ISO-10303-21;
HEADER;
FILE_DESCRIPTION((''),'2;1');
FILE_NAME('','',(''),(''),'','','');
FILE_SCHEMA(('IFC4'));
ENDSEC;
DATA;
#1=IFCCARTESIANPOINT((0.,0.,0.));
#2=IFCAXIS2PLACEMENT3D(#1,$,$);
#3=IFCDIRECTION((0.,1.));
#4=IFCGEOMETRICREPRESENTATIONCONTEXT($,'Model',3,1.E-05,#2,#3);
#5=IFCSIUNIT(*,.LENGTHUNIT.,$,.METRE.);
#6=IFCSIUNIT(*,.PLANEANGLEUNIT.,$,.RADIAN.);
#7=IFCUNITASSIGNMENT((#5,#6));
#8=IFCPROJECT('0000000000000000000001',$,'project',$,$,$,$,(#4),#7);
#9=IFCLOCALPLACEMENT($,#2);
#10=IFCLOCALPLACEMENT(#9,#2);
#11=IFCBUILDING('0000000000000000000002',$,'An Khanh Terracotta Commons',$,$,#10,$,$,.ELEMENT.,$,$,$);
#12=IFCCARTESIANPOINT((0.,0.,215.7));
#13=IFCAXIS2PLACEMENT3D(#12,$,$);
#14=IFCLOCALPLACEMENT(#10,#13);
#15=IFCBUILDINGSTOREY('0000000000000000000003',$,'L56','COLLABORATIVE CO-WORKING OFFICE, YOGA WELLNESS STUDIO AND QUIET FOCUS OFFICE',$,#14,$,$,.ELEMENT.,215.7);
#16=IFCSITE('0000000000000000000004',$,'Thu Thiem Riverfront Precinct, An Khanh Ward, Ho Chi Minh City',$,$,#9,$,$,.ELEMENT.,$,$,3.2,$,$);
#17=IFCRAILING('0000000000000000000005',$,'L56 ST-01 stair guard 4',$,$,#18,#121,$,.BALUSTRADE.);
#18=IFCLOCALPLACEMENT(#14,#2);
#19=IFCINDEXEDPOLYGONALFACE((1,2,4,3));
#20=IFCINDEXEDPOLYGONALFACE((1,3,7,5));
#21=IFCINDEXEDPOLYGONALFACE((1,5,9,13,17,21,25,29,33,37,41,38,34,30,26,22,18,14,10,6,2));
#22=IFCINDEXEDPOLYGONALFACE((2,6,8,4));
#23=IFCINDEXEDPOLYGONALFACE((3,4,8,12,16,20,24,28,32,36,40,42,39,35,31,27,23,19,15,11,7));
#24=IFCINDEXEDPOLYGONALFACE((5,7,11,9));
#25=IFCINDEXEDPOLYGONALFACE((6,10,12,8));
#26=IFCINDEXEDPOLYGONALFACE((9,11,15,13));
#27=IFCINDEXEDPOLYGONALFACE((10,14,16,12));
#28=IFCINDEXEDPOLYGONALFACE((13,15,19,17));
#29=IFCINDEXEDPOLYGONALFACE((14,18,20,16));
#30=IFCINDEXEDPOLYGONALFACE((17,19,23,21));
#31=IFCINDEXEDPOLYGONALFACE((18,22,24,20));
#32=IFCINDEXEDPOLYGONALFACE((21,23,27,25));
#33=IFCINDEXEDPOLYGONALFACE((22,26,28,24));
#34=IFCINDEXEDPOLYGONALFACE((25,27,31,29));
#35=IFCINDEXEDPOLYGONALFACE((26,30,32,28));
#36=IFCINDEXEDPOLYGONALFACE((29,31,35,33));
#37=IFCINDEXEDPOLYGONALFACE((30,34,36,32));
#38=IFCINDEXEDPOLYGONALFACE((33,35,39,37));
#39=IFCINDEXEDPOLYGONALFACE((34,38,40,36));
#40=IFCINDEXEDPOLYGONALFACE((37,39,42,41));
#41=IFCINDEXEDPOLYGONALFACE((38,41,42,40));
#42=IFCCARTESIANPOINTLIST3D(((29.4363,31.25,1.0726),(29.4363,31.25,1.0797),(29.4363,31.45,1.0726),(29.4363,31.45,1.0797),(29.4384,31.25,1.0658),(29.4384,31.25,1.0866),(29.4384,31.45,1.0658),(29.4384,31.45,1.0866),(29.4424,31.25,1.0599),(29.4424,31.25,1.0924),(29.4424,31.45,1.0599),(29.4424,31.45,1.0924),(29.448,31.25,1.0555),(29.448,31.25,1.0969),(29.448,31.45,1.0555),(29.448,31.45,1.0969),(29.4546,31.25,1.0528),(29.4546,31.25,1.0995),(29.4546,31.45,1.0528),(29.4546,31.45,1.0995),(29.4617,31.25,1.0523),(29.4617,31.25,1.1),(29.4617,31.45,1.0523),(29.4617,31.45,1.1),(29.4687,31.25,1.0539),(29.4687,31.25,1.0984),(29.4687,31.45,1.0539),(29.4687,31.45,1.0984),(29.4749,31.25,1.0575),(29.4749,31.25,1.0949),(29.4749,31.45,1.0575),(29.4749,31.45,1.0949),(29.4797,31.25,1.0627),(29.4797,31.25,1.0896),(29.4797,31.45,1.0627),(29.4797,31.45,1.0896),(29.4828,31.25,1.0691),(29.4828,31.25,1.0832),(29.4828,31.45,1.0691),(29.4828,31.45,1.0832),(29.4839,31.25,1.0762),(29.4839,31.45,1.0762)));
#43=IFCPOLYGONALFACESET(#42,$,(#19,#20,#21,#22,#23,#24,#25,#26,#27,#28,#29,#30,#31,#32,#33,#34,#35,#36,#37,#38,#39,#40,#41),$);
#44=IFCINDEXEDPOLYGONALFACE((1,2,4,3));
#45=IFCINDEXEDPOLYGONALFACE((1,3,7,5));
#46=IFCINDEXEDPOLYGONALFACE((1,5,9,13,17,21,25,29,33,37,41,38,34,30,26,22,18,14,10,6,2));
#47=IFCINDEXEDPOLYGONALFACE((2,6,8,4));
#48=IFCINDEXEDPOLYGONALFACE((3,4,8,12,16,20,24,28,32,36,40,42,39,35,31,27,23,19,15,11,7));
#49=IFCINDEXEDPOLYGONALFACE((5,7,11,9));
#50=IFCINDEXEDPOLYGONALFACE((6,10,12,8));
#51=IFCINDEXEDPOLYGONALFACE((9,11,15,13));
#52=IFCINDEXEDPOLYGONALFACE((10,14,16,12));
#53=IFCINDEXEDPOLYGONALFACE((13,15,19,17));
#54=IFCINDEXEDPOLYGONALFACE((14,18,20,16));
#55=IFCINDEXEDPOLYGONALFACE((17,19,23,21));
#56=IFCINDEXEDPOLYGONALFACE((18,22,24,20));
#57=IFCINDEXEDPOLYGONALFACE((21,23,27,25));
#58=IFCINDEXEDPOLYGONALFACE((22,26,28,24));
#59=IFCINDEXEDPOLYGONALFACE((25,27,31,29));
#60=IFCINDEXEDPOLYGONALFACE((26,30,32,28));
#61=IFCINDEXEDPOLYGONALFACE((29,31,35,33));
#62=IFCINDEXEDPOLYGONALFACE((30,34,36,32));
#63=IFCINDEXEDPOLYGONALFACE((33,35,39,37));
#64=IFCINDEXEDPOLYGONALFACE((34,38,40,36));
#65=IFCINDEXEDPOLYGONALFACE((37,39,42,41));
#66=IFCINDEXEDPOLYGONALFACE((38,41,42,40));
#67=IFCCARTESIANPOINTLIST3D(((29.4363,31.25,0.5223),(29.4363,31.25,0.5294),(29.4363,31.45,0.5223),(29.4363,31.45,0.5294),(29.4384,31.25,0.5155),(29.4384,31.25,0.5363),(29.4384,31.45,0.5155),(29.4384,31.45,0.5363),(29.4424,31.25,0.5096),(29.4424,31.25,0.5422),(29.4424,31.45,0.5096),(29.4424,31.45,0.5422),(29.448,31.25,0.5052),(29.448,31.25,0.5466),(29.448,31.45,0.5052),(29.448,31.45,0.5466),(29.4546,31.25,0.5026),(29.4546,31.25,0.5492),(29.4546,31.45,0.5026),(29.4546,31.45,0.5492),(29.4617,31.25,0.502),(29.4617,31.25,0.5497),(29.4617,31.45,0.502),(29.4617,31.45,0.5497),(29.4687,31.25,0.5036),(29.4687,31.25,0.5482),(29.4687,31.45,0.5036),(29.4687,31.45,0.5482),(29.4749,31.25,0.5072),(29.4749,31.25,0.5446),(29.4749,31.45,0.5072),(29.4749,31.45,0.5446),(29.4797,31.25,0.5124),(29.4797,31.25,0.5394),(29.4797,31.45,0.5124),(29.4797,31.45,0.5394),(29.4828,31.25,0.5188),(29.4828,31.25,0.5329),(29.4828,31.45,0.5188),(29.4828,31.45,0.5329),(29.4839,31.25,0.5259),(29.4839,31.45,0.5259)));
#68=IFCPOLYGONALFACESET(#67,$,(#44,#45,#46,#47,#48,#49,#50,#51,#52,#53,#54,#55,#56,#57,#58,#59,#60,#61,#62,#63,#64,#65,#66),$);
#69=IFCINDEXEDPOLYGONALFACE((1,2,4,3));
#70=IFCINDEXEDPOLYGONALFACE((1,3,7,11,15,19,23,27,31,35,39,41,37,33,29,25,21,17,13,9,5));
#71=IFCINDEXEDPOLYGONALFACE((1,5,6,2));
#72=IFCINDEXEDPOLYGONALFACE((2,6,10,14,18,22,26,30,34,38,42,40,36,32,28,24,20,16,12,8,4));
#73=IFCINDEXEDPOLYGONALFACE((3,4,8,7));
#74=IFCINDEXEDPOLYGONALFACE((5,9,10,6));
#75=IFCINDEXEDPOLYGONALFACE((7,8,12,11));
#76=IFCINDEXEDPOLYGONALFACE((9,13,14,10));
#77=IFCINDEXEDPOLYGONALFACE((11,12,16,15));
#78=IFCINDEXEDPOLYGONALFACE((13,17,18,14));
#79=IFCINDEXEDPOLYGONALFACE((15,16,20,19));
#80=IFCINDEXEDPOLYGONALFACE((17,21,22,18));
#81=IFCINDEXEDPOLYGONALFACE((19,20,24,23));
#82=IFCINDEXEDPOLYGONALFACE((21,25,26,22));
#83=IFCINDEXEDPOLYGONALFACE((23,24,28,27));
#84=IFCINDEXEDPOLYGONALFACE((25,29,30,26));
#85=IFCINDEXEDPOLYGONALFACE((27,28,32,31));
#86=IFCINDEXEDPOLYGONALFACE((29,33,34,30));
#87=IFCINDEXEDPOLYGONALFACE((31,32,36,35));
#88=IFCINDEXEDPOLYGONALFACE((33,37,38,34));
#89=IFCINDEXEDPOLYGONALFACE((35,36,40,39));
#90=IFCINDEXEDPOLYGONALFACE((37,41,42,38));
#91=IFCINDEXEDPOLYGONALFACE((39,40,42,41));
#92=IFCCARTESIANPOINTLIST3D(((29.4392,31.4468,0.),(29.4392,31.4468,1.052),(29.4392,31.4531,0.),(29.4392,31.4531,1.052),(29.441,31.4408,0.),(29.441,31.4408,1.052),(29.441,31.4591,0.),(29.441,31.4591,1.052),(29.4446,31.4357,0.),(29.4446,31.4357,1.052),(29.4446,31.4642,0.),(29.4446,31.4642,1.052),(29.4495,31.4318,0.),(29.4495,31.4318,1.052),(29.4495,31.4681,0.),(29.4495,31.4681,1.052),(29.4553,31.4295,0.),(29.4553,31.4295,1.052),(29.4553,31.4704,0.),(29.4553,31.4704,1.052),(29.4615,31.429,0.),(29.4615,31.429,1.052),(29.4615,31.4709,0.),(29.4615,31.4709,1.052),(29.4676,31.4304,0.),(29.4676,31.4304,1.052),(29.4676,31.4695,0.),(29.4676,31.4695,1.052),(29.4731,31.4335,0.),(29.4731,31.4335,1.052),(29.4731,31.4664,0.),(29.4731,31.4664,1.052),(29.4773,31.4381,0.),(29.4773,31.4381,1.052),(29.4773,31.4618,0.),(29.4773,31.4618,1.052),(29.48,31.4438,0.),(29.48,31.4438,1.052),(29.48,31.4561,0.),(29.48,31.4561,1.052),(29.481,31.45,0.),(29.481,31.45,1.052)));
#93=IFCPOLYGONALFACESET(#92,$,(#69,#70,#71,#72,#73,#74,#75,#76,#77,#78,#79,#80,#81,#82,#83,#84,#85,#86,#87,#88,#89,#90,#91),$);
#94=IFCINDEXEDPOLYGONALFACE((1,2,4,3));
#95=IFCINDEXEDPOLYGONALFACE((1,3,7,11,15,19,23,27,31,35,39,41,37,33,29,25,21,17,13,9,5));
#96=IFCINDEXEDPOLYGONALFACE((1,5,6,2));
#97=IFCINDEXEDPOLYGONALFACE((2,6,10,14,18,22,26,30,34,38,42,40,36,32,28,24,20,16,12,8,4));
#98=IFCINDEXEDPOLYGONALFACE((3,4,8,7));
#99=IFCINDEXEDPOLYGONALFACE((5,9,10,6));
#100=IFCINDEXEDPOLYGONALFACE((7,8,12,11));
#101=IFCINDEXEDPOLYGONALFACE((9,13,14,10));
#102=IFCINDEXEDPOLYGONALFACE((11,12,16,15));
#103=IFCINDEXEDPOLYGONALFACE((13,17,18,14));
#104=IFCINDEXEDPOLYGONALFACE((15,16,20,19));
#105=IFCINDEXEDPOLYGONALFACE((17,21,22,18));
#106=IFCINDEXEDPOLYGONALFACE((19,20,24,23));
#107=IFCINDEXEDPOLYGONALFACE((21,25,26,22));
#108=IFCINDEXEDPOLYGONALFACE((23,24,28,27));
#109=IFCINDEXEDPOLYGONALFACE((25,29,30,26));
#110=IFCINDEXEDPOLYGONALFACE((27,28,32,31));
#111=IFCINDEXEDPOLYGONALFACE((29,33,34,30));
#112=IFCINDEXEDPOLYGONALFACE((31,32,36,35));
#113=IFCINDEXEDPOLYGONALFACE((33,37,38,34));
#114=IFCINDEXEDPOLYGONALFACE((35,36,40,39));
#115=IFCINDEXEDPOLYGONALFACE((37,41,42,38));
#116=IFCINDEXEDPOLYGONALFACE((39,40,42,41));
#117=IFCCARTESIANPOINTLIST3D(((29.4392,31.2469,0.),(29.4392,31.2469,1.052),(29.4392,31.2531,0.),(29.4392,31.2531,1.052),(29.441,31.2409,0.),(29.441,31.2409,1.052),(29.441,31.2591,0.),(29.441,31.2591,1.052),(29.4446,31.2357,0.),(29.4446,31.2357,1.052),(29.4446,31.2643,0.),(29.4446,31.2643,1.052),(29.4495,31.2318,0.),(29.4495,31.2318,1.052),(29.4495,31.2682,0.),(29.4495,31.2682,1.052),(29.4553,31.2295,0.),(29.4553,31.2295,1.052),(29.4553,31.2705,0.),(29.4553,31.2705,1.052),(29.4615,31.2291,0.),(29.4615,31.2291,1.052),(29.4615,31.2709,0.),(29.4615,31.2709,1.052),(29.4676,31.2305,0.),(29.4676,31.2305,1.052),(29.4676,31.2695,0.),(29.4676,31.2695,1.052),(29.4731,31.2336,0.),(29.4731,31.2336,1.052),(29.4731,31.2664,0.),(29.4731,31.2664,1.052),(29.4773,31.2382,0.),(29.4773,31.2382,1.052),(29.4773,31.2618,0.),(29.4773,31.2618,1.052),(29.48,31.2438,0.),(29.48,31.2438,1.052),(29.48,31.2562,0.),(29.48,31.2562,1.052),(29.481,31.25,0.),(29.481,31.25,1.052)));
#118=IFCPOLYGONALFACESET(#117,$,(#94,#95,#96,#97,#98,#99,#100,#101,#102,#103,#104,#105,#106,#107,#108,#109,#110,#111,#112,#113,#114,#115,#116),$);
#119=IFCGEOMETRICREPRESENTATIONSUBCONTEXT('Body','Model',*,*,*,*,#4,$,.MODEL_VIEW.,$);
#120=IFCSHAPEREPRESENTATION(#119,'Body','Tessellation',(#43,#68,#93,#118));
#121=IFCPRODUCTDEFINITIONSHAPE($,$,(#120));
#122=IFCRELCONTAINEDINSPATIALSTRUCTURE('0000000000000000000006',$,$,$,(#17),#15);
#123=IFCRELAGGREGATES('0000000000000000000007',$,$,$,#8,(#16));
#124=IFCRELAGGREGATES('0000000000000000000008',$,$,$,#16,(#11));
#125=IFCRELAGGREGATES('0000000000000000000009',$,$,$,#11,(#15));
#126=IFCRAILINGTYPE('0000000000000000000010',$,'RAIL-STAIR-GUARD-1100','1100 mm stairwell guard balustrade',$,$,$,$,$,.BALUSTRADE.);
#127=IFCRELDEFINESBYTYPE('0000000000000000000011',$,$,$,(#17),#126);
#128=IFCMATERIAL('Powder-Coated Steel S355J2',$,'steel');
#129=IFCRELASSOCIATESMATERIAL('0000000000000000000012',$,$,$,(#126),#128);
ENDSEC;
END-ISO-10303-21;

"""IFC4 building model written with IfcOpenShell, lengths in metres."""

from ifc_helpers import new_model, si_unit, direction, frame, origin, origin_2d, place, context, subcontext, project, spatial, circle, extrude, material, type_object, element, save


model = new_model("IFC4")

# Units and contexts
model_context = context("Model", 3, precision=1e-05, world=origin(), true_north=direction((0.0, 1.0)))
body_context = subcontext(model_context, "Body", "Model", "MODEL_VIEW")
ifc_project = project(units=[si_unit("LENGTHUNIT", "METRE"), si_unit("PLANEANGLEUNIT", "RADIAN")], contexts=[model_context])

# Site, building, storey
site_placement = place(None, origin())
site = spatial("IfcSite", under=ifc_project, at=site_placement, Name="Thu Thiem Riverfront Precinct, An Khanh Ward, Ho Chi Minh City", CompositionType="ELEMENT", RefElevation=3.2)
building_placement = place(site_placement, origin())
building = spatial("IfcBuilding", under=site, at=building_placement, Name="An Khanh Terracotta Commons", CompositionType="ELEMENT")
storey_placement = place(building_placement, frame((0.0, 0.0, 215.7)))
storey = spatial("IfcBuildingStorey", under=building, at=storey_placement, Name="L56", Description="COLLABORATIVE CO-WORKING OFFICE, YOGA WELLNESS STUDIO AND QUIET FOCUS OFFICE", CompositionType="ELEMENT", Elevation=215.7)

# Railing
ifc_material_1 = material(Name="Powder-Coated Steel S355J2", Category="steel")
railing_type_1 = type_object("IfcRailingType", Name="RAIL-STAIR-GUARD-1100", Description="1100 mm stairwell guard balustrade", PredefinedType="BALUSTRADE", material=ifc_material_1)
railing_1_placement = place(storey_placement, frame((29.46, 31.45, 0.0)))
element("IfcRailing", 1, at=railing_1_placement, inside=storey, type_object=railing_type_1, Name="L56 ST-01 stair guard 4", PredefinedType="BALUSTRADE", context=body_context, shape_type="SweptSolid", body=[
    extrude(circle(Radius=0.0239, at=origin_2d()), frame((0.0, 0.0, 1.0762), z_axis=(0.0, -1.0, 0.0), x_axis=(1.0, 0.0, 0.0)), (0.0, 0.0, 1.0), 0.2),
    extrude(circle(Radius=0.0239, at=origin_2d()), frame((0.0, 0.0, 0.5259), z_axis=(0.0, -1.0, 0.0), x_axis=(1.0, 0.0, 0.0)), (0.0, 0.0, 1.0), 0.2),
    extrude(circle(Radius=0.021, at=origin_2d()), origin(), (0.0, 0.0, 1.0), 1.052),
    extrude(circle(Radius=0.021, at=origin_2d()), frame((0.0, -0.2, 0.0)), (0.0, 0.0, 1.0), 1.052),
])

save(model, "model.ifc")
